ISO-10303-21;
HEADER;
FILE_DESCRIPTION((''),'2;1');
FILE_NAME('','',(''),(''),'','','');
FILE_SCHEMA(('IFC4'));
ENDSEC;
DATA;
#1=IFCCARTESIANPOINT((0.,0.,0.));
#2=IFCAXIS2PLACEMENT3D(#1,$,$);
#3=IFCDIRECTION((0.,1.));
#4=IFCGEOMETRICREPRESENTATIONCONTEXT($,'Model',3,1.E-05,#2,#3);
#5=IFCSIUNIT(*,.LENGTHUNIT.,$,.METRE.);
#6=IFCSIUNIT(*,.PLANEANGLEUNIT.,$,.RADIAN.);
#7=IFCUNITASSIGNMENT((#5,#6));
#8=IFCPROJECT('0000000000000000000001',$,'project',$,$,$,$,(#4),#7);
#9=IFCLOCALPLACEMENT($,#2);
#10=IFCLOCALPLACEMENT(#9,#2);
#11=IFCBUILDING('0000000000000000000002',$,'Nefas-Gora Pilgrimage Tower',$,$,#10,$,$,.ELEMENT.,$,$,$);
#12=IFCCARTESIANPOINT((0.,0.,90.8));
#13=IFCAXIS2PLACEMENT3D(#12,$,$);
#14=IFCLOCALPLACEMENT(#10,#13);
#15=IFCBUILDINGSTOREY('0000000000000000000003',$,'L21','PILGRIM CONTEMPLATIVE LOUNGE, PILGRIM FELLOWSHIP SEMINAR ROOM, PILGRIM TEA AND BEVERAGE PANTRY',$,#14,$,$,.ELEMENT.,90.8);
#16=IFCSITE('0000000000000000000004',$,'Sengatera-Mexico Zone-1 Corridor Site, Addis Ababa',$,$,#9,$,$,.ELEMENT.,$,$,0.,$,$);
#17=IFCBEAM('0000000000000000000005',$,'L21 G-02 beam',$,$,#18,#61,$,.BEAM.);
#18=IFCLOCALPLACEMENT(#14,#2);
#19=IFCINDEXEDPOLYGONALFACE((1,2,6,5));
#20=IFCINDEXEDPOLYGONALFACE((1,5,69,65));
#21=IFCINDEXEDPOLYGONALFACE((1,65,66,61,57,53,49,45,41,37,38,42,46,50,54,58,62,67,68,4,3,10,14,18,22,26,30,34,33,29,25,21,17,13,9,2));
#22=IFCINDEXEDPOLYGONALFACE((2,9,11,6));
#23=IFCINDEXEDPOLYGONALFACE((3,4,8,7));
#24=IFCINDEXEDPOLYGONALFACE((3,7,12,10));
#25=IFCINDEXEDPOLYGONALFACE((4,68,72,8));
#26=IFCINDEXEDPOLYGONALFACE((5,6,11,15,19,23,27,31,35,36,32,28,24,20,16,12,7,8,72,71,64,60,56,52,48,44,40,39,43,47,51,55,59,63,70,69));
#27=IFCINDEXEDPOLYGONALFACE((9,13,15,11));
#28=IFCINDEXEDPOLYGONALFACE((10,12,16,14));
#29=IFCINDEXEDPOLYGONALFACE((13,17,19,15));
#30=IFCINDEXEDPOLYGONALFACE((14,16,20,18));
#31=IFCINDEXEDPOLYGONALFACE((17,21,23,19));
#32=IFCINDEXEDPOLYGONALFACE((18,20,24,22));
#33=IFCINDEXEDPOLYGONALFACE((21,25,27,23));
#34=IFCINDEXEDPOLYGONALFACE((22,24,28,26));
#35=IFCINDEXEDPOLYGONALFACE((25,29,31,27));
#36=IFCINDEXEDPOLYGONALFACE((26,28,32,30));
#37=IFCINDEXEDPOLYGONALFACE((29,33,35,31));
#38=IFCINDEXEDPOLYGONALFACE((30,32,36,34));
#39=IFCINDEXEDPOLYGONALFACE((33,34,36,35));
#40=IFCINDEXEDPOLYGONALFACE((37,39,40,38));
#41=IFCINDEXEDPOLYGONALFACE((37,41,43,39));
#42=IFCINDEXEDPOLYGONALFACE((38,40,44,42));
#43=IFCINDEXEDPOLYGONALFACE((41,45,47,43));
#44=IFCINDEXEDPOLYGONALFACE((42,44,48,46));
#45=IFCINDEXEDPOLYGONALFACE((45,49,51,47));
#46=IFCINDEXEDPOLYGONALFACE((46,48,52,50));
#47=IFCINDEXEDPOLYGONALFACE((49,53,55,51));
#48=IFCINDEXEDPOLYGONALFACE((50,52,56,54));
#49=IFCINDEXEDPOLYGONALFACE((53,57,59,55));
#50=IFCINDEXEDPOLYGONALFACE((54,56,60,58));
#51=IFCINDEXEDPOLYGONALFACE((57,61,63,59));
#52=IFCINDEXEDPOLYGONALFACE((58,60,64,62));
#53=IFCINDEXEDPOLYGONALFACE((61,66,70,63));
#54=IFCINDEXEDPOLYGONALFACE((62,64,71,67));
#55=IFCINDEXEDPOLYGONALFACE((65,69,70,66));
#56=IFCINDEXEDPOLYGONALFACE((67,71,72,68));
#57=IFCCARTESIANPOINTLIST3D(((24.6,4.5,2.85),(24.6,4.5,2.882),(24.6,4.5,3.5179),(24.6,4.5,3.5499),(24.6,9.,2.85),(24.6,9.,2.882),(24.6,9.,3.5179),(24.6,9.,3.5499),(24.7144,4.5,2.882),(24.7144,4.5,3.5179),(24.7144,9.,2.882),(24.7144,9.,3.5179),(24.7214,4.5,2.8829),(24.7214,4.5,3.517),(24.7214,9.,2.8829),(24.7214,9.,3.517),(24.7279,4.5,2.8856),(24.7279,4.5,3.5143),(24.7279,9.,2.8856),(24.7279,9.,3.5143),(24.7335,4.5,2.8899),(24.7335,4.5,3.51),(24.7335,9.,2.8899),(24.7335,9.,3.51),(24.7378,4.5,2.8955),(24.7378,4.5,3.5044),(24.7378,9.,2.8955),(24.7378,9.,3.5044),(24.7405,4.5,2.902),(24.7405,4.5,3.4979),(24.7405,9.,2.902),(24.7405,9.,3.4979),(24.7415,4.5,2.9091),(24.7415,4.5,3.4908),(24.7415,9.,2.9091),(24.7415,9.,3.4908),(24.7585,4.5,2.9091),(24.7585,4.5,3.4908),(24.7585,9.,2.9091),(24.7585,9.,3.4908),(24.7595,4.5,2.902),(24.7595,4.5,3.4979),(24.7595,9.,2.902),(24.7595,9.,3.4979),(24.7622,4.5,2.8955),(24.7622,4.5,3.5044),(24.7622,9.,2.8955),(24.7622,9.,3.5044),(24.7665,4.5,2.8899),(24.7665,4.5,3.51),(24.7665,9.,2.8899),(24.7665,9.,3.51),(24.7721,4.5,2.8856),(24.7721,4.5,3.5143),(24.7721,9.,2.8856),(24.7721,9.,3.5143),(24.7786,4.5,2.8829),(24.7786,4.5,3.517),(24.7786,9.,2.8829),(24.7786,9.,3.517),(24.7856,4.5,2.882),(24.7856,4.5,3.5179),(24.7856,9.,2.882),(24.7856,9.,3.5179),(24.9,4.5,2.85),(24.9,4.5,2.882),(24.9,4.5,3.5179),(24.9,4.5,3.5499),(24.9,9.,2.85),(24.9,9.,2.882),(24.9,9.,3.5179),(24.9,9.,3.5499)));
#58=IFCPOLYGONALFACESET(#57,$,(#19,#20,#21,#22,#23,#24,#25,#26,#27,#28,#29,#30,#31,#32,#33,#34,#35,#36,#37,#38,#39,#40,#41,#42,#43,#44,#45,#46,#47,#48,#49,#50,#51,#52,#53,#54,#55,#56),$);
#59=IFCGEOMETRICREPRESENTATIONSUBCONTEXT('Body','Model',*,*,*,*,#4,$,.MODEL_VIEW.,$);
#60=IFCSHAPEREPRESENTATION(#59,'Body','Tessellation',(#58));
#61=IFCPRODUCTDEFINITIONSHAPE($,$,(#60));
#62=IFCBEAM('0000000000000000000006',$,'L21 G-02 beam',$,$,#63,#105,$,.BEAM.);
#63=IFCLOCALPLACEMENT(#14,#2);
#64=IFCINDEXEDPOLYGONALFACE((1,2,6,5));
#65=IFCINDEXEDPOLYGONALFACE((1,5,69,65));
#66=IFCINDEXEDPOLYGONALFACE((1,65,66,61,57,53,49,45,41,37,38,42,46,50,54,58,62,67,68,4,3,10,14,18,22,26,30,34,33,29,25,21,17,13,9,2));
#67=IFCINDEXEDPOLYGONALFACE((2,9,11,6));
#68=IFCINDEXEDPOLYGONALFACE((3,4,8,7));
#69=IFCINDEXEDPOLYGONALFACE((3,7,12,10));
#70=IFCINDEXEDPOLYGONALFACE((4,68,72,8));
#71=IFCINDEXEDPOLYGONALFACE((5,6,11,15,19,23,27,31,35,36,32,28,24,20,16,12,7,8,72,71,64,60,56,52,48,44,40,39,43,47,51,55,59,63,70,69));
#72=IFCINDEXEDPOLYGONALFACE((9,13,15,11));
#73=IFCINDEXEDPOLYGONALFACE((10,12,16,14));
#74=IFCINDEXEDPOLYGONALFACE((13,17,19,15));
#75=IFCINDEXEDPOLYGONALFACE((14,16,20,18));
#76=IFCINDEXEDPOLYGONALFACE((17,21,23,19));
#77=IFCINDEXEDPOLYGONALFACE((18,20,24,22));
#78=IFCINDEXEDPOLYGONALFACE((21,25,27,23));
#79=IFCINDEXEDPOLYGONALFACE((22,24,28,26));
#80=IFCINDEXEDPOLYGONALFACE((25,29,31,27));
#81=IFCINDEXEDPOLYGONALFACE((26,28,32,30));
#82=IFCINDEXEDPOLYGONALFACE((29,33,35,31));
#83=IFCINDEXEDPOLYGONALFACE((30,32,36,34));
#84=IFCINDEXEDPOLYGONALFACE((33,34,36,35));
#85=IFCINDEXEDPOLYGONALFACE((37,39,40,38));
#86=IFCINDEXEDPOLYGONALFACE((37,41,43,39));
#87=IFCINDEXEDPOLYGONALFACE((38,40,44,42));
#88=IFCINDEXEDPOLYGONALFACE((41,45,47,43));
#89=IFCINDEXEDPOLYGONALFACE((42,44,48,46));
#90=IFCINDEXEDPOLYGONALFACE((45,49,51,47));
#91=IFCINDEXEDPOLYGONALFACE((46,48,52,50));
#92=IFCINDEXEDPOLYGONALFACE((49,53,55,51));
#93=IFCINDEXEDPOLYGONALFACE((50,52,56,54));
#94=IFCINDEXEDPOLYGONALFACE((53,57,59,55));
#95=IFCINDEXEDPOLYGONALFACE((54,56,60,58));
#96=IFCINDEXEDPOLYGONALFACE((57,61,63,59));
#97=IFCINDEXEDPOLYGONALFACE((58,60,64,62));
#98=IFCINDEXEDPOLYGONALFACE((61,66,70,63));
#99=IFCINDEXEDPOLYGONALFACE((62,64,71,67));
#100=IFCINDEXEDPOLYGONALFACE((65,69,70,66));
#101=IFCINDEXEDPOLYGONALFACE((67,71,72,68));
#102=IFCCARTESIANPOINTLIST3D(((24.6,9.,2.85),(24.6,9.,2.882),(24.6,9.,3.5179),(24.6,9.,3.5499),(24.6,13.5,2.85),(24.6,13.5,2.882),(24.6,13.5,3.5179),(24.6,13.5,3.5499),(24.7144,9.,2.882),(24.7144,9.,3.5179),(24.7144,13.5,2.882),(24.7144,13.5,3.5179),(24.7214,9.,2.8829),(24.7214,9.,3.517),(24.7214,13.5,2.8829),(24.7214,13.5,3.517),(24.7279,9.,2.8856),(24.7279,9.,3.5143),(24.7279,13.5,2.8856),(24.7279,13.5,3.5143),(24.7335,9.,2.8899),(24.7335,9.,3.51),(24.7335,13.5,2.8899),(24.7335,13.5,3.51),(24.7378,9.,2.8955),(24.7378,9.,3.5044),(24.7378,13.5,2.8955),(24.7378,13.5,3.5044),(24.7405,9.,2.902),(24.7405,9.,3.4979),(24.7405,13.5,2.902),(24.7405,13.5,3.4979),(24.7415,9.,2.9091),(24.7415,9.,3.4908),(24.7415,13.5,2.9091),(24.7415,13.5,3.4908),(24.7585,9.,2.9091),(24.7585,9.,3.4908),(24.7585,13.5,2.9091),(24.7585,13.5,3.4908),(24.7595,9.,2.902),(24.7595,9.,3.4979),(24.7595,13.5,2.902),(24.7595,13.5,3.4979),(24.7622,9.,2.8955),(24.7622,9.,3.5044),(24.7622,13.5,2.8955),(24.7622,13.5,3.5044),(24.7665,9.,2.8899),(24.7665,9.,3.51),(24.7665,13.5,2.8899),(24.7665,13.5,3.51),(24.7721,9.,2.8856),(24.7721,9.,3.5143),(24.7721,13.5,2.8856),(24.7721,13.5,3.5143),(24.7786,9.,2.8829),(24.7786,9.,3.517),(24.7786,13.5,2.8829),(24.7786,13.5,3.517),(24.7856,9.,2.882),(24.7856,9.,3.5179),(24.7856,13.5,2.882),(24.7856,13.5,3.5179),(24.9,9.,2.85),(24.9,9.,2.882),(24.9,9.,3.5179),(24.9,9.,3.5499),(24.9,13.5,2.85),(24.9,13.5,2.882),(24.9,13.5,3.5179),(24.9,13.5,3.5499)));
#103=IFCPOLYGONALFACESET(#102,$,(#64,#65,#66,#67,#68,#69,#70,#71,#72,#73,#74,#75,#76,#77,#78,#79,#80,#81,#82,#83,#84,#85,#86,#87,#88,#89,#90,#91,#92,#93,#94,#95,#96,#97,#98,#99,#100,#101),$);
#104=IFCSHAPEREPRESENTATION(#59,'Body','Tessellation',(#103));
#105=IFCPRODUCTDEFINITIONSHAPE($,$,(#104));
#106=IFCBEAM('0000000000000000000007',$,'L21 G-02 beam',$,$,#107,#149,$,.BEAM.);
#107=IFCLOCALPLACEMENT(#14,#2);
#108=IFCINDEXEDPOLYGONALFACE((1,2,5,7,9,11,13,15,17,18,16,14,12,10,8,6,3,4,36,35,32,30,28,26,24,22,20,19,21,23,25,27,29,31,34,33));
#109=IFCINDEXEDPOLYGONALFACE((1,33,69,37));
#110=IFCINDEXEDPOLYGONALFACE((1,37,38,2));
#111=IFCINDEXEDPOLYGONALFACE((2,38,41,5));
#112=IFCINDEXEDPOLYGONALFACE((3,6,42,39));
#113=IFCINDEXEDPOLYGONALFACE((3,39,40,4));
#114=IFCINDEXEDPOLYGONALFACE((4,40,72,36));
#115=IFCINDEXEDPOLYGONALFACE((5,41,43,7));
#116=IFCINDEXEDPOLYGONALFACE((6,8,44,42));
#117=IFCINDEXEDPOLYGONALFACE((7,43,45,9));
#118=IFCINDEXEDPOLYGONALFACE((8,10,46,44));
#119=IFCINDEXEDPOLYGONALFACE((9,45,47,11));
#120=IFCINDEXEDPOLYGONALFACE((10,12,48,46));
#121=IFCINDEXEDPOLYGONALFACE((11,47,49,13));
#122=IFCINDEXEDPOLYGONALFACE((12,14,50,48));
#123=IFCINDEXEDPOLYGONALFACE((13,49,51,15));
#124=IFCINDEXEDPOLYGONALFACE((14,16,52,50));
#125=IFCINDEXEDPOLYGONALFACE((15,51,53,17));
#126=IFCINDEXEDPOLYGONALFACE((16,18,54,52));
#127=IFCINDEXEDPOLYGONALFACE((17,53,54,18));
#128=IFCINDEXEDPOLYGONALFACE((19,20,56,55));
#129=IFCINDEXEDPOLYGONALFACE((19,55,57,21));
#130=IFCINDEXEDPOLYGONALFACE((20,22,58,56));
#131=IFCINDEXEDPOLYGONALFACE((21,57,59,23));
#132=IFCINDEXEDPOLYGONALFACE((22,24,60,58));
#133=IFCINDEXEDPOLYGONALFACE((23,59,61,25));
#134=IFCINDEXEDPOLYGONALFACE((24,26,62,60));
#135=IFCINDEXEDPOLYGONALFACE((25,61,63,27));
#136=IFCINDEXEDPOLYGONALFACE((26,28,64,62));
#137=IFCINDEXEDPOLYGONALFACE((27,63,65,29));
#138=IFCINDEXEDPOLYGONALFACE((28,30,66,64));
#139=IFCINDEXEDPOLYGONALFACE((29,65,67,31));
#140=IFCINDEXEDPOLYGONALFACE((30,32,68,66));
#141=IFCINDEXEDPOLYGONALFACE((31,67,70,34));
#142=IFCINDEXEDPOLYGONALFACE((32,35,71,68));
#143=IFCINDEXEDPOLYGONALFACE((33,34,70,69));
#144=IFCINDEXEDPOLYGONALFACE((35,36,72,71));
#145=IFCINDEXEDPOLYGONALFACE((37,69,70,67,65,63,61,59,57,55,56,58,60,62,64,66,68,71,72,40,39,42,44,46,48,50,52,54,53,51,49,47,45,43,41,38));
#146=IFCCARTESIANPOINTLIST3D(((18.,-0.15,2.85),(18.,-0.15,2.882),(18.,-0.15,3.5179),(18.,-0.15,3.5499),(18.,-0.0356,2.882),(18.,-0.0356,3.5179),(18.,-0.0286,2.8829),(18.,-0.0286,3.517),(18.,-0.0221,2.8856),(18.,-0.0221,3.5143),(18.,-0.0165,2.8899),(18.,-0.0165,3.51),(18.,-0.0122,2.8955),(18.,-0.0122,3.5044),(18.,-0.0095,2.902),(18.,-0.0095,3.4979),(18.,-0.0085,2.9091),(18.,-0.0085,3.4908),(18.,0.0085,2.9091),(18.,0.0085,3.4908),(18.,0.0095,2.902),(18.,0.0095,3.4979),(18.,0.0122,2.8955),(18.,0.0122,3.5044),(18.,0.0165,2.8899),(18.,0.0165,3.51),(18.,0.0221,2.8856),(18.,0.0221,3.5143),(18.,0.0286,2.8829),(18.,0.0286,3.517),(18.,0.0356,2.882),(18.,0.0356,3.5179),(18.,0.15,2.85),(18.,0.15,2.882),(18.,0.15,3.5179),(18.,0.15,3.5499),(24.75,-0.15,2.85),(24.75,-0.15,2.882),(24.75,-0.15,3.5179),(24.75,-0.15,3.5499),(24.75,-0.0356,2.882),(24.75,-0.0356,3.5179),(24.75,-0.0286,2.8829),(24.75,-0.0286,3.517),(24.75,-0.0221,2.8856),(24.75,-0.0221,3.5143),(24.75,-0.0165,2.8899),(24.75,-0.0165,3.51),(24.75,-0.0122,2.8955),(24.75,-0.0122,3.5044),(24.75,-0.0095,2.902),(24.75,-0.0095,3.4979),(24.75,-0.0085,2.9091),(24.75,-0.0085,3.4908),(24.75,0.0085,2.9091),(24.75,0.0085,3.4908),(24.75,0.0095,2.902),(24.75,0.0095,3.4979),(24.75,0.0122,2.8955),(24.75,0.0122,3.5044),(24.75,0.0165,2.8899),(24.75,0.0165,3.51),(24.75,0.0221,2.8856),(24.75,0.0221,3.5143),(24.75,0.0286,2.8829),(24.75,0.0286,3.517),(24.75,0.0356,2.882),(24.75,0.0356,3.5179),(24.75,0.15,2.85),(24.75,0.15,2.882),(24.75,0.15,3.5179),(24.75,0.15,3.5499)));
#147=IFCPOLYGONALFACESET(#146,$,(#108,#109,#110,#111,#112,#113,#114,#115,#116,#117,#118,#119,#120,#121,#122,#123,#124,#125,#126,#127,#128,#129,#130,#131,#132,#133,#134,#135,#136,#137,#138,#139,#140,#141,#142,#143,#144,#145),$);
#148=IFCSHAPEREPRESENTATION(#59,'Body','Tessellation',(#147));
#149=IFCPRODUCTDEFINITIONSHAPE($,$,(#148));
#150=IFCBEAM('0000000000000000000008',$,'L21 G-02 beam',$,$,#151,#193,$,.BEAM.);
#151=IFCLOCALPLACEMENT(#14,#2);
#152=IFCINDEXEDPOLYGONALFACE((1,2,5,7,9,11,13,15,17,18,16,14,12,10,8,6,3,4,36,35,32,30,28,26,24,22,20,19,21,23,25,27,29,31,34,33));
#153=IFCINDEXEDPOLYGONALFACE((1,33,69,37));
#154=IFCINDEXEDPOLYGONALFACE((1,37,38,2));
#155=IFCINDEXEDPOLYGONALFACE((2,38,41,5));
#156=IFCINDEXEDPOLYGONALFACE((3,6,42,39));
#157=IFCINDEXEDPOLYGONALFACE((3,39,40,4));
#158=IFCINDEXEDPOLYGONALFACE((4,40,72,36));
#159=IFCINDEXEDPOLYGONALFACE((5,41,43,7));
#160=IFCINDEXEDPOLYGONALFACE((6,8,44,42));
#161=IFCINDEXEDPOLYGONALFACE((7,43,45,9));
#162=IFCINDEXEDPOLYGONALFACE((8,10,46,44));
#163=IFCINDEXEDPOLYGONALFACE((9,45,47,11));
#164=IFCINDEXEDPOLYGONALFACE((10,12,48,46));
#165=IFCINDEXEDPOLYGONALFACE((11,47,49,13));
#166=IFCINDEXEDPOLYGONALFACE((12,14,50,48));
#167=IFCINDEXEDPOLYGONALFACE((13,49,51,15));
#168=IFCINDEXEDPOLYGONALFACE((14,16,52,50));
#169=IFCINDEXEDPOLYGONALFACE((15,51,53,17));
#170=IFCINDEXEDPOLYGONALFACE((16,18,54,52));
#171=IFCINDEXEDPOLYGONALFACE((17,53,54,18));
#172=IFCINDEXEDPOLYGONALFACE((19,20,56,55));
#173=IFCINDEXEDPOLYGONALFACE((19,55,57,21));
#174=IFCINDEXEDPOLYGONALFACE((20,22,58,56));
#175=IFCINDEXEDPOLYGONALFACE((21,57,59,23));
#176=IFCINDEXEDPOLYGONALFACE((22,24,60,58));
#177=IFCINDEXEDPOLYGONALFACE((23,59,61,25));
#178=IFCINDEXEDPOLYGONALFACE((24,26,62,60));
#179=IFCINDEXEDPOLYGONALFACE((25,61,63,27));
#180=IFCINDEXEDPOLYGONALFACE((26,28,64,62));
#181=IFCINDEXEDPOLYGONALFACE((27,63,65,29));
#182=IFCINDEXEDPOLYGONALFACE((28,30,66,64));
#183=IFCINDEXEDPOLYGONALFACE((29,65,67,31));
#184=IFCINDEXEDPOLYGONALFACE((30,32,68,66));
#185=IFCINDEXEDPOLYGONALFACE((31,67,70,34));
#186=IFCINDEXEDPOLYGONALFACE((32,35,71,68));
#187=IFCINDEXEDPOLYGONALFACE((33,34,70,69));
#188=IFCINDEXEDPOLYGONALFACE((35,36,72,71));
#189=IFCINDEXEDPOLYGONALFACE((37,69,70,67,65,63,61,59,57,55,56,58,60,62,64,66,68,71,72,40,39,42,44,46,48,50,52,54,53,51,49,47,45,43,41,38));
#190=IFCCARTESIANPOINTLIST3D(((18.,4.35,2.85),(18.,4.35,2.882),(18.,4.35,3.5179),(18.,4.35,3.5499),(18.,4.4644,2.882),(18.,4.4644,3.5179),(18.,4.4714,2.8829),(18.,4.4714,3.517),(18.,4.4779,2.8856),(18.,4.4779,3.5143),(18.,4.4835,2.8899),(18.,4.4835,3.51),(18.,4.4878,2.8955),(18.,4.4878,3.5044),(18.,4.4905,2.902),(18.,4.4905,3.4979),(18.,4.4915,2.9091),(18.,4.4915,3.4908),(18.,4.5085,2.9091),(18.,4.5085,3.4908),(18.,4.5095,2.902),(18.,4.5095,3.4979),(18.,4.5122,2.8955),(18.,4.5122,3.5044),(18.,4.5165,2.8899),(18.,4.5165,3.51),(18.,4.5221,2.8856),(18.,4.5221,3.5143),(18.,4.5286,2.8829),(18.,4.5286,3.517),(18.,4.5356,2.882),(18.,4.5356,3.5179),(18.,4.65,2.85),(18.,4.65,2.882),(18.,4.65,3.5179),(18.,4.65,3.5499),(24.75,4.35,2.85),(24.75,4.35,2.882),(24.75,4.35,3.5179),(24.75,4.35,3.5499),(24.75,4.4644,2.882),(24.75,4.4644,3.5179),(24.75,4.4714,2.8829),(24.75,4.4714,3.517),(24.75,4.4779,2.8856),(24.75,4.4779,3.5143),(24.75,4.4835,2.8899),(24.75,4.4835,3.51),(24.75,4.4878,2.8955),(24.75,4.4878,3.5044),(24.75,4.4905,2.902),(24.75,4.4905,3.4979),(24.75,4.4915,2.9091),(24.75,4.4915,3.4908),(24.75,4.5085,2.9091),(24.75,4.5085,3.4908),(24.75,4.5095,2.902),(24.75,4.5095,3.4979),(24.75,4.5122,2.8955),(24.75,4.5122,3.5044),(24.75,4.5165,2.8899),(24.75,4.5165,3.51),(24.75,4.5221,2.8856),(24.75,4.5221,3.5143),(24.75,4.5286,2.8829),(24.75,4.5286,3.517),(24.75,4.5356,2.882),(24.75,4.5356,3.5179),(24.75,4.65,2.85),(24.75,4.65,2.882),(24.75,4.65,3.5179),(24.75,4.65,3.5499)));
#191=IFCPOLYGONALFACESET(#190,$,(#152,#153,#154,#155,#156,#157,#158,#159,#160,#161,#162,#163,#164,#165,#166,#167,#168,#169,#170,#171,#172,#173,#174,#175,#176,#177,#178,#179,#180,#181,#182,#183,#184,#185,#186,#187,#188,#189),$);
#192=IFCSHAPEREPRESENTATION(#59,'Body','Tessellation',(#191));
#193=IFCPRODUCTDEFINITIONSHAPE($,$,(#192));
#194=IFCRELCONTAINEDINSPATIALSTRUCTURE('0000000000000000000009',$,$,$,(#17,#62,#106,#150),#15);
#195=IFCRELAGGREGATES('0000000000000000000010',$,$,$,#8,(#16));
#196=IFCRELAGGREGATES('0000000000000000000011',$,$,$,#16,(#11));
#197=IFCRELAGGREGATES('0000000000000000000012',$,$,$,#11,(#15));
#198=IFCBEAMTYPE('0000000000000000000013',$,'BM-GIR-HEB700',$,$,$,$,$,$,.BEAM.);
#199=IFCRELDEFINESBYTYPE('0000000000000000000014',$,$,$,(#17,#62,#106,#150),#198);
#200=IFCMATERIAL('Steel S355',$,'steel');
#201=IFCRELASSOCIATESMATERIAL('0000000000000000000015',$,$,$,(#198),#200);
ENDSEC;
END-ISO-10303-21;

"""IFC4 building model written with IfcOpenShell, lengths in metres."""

from ifc_helpers import new_model, si_unit, direction, frame, origin, origin_2d, place, context, subcontext, project, spatial, i_section, extrude, source, transform, mapped, material, material_profile, profile_set, type_object, element, save


model = new_model("IFC4")

# Units and contexts
model_context = context("Model", 3, precision=1e-05, world=origin(), true_north=direction((0.0, 1.0)))
body_context = subcontext(model_context, "Body", "Model", "MODEL_VIEW")
ifc_project = project(units=[si_unit("LENGTHUNIT", "METRE"), si_unit("PLANEANGLEUNIT", "RADIAN")], contexts=[model_context])

# Site, building, storey
site_placement = place(None, origin())
site = spatial("IfcSite", under=ifc_project, at=site_placement, Name="Sengatera-Mexico Zone-1 Corridor Site, Addis Ababa", CompositionType="ELEMENT", RefElevation=0.0)
building_placement = place(site_placement, origin())
building = spatial("IfcBuilding", under=site, at=building_placement, Name="Nefas-Gora Pilgrimage Tower", CompositionType="ELEMENT")
storey_placement = place(building_placement, frame((0.0, 0.0, 90.8)))
storey = spatial("IfcBuildingStorey", under=building, at=storey_placement, Name="L21", Description="PILGRIM CONTEMPLATIVE LOUNGE, PILGRIM FELLOWSHIP SEMINAR ROOM, PILGRIM TEA AND BEVERAGE PANTRY", CompositionType="ELEMENT", Elevation=90.8)

# Beams
ifc_material_1 = material(Name="Steel S355", Category="steel")
ifc_material_profile_1 = material_profile(ifc_material_1, i_section(OverallWidth=0.3, OverallDepth=0.7, WebThickness=0.0171, FlangeThickness=0.032, FilletRadius=0.0271, at=origin_2d()), Name="HEB 700")
ifc_profile_set_1 = profile_set([ifc_material_profile_1], Name="Steel S355")
beam_type_1 = type_object("IfcBeamType", Name="BM-GIR-HEB700", PredefinedType="BEAM", material=ifc_profile_set_1)
shared_shape_1 = source(origin(), body_context, "Body", "SweptSolid", [
    extrude(i_section(OverallWidth=0.3, OverallDepth=0.7, WebThickness=0.0171, FlangeThickness=0.032, FilletRadius=0.0271, at=origin_2d()), origin(), (0.0, 0.0, 1.0), 4.5),
])
for number, where, z_axis, x_axis, name in (
    (1, (24.75, 4.5, 3.2), (0.0, 1.0, 0.0), (-1.0, 0.0, 0.0), "L21 G-02 beam"),
    (2, (24.75, 9.0, 3.2), (0.0, 1.0, 0.0), (-1.0, 0.0, 0.0), "L21 G-02 beam"),
):
    element("IfcBeam", number, at=place(storey_placement, frame(where, z_axis=z_axis, x_axis=x_axis)), inside=storey, type_object=beam_type_1, Name=name, PredefinedType="BEAM", context=body_context, shape_type="MappedRepresentation", body=[
        mapped(shared_shape_1, transform((0.0, 0.0, 0.0), x_axis=(1.0, 0.0, 0.0), y_axis=(0.0, 1.0, 0.0), z_axis=(0.0, 0.0, 1.0), scale=1.0)),
    ])
shared_shape_2 = source(origin(), body_context, "Body", "SweptSolid", [
    extrude(i_section(OverallWidth=0.3, OverallDepth=0.7, WebThickness=0.0171, FlangeThickness=0.032, FilletRadius=0.0271, at=origin_2d()), origin(), (0.0, 0.0, 1.0), 6.75),
])
for number, where, z_axis, x_axis, name in (
    (3, (18.0, 0.0, 3.2), (1.0, 0.0, 0.0), (0.0, 1.0, 0.0), "L21 G-02 beam"),
    (4, (18.0, 4.5, 3.2), (1.0, 0.0, 0.0), (0.0, 1.0, 0.0), "L21 G-02 beam"),
):
    element("IfcBeam", number, at=place(storey_placement, frame(where, z_axis=z_axis, x_axis=x_axis)), inside=storey, type_object=beam_type_1, Name=name, PredefinedType="BEAM", context=body_context, shape_type="MappedRepresentation", body=[
        mapped(shared_shape_2, transform((0.0, 0.0, 0.0), x_axis=(1.0, 0.0, 0.0), y_axis=(0.0, 1.0, 0.0), z_axis=(0.0, 0.0, 1.0), scale=1.0)),
    ])

save(model, "model.ifc")
